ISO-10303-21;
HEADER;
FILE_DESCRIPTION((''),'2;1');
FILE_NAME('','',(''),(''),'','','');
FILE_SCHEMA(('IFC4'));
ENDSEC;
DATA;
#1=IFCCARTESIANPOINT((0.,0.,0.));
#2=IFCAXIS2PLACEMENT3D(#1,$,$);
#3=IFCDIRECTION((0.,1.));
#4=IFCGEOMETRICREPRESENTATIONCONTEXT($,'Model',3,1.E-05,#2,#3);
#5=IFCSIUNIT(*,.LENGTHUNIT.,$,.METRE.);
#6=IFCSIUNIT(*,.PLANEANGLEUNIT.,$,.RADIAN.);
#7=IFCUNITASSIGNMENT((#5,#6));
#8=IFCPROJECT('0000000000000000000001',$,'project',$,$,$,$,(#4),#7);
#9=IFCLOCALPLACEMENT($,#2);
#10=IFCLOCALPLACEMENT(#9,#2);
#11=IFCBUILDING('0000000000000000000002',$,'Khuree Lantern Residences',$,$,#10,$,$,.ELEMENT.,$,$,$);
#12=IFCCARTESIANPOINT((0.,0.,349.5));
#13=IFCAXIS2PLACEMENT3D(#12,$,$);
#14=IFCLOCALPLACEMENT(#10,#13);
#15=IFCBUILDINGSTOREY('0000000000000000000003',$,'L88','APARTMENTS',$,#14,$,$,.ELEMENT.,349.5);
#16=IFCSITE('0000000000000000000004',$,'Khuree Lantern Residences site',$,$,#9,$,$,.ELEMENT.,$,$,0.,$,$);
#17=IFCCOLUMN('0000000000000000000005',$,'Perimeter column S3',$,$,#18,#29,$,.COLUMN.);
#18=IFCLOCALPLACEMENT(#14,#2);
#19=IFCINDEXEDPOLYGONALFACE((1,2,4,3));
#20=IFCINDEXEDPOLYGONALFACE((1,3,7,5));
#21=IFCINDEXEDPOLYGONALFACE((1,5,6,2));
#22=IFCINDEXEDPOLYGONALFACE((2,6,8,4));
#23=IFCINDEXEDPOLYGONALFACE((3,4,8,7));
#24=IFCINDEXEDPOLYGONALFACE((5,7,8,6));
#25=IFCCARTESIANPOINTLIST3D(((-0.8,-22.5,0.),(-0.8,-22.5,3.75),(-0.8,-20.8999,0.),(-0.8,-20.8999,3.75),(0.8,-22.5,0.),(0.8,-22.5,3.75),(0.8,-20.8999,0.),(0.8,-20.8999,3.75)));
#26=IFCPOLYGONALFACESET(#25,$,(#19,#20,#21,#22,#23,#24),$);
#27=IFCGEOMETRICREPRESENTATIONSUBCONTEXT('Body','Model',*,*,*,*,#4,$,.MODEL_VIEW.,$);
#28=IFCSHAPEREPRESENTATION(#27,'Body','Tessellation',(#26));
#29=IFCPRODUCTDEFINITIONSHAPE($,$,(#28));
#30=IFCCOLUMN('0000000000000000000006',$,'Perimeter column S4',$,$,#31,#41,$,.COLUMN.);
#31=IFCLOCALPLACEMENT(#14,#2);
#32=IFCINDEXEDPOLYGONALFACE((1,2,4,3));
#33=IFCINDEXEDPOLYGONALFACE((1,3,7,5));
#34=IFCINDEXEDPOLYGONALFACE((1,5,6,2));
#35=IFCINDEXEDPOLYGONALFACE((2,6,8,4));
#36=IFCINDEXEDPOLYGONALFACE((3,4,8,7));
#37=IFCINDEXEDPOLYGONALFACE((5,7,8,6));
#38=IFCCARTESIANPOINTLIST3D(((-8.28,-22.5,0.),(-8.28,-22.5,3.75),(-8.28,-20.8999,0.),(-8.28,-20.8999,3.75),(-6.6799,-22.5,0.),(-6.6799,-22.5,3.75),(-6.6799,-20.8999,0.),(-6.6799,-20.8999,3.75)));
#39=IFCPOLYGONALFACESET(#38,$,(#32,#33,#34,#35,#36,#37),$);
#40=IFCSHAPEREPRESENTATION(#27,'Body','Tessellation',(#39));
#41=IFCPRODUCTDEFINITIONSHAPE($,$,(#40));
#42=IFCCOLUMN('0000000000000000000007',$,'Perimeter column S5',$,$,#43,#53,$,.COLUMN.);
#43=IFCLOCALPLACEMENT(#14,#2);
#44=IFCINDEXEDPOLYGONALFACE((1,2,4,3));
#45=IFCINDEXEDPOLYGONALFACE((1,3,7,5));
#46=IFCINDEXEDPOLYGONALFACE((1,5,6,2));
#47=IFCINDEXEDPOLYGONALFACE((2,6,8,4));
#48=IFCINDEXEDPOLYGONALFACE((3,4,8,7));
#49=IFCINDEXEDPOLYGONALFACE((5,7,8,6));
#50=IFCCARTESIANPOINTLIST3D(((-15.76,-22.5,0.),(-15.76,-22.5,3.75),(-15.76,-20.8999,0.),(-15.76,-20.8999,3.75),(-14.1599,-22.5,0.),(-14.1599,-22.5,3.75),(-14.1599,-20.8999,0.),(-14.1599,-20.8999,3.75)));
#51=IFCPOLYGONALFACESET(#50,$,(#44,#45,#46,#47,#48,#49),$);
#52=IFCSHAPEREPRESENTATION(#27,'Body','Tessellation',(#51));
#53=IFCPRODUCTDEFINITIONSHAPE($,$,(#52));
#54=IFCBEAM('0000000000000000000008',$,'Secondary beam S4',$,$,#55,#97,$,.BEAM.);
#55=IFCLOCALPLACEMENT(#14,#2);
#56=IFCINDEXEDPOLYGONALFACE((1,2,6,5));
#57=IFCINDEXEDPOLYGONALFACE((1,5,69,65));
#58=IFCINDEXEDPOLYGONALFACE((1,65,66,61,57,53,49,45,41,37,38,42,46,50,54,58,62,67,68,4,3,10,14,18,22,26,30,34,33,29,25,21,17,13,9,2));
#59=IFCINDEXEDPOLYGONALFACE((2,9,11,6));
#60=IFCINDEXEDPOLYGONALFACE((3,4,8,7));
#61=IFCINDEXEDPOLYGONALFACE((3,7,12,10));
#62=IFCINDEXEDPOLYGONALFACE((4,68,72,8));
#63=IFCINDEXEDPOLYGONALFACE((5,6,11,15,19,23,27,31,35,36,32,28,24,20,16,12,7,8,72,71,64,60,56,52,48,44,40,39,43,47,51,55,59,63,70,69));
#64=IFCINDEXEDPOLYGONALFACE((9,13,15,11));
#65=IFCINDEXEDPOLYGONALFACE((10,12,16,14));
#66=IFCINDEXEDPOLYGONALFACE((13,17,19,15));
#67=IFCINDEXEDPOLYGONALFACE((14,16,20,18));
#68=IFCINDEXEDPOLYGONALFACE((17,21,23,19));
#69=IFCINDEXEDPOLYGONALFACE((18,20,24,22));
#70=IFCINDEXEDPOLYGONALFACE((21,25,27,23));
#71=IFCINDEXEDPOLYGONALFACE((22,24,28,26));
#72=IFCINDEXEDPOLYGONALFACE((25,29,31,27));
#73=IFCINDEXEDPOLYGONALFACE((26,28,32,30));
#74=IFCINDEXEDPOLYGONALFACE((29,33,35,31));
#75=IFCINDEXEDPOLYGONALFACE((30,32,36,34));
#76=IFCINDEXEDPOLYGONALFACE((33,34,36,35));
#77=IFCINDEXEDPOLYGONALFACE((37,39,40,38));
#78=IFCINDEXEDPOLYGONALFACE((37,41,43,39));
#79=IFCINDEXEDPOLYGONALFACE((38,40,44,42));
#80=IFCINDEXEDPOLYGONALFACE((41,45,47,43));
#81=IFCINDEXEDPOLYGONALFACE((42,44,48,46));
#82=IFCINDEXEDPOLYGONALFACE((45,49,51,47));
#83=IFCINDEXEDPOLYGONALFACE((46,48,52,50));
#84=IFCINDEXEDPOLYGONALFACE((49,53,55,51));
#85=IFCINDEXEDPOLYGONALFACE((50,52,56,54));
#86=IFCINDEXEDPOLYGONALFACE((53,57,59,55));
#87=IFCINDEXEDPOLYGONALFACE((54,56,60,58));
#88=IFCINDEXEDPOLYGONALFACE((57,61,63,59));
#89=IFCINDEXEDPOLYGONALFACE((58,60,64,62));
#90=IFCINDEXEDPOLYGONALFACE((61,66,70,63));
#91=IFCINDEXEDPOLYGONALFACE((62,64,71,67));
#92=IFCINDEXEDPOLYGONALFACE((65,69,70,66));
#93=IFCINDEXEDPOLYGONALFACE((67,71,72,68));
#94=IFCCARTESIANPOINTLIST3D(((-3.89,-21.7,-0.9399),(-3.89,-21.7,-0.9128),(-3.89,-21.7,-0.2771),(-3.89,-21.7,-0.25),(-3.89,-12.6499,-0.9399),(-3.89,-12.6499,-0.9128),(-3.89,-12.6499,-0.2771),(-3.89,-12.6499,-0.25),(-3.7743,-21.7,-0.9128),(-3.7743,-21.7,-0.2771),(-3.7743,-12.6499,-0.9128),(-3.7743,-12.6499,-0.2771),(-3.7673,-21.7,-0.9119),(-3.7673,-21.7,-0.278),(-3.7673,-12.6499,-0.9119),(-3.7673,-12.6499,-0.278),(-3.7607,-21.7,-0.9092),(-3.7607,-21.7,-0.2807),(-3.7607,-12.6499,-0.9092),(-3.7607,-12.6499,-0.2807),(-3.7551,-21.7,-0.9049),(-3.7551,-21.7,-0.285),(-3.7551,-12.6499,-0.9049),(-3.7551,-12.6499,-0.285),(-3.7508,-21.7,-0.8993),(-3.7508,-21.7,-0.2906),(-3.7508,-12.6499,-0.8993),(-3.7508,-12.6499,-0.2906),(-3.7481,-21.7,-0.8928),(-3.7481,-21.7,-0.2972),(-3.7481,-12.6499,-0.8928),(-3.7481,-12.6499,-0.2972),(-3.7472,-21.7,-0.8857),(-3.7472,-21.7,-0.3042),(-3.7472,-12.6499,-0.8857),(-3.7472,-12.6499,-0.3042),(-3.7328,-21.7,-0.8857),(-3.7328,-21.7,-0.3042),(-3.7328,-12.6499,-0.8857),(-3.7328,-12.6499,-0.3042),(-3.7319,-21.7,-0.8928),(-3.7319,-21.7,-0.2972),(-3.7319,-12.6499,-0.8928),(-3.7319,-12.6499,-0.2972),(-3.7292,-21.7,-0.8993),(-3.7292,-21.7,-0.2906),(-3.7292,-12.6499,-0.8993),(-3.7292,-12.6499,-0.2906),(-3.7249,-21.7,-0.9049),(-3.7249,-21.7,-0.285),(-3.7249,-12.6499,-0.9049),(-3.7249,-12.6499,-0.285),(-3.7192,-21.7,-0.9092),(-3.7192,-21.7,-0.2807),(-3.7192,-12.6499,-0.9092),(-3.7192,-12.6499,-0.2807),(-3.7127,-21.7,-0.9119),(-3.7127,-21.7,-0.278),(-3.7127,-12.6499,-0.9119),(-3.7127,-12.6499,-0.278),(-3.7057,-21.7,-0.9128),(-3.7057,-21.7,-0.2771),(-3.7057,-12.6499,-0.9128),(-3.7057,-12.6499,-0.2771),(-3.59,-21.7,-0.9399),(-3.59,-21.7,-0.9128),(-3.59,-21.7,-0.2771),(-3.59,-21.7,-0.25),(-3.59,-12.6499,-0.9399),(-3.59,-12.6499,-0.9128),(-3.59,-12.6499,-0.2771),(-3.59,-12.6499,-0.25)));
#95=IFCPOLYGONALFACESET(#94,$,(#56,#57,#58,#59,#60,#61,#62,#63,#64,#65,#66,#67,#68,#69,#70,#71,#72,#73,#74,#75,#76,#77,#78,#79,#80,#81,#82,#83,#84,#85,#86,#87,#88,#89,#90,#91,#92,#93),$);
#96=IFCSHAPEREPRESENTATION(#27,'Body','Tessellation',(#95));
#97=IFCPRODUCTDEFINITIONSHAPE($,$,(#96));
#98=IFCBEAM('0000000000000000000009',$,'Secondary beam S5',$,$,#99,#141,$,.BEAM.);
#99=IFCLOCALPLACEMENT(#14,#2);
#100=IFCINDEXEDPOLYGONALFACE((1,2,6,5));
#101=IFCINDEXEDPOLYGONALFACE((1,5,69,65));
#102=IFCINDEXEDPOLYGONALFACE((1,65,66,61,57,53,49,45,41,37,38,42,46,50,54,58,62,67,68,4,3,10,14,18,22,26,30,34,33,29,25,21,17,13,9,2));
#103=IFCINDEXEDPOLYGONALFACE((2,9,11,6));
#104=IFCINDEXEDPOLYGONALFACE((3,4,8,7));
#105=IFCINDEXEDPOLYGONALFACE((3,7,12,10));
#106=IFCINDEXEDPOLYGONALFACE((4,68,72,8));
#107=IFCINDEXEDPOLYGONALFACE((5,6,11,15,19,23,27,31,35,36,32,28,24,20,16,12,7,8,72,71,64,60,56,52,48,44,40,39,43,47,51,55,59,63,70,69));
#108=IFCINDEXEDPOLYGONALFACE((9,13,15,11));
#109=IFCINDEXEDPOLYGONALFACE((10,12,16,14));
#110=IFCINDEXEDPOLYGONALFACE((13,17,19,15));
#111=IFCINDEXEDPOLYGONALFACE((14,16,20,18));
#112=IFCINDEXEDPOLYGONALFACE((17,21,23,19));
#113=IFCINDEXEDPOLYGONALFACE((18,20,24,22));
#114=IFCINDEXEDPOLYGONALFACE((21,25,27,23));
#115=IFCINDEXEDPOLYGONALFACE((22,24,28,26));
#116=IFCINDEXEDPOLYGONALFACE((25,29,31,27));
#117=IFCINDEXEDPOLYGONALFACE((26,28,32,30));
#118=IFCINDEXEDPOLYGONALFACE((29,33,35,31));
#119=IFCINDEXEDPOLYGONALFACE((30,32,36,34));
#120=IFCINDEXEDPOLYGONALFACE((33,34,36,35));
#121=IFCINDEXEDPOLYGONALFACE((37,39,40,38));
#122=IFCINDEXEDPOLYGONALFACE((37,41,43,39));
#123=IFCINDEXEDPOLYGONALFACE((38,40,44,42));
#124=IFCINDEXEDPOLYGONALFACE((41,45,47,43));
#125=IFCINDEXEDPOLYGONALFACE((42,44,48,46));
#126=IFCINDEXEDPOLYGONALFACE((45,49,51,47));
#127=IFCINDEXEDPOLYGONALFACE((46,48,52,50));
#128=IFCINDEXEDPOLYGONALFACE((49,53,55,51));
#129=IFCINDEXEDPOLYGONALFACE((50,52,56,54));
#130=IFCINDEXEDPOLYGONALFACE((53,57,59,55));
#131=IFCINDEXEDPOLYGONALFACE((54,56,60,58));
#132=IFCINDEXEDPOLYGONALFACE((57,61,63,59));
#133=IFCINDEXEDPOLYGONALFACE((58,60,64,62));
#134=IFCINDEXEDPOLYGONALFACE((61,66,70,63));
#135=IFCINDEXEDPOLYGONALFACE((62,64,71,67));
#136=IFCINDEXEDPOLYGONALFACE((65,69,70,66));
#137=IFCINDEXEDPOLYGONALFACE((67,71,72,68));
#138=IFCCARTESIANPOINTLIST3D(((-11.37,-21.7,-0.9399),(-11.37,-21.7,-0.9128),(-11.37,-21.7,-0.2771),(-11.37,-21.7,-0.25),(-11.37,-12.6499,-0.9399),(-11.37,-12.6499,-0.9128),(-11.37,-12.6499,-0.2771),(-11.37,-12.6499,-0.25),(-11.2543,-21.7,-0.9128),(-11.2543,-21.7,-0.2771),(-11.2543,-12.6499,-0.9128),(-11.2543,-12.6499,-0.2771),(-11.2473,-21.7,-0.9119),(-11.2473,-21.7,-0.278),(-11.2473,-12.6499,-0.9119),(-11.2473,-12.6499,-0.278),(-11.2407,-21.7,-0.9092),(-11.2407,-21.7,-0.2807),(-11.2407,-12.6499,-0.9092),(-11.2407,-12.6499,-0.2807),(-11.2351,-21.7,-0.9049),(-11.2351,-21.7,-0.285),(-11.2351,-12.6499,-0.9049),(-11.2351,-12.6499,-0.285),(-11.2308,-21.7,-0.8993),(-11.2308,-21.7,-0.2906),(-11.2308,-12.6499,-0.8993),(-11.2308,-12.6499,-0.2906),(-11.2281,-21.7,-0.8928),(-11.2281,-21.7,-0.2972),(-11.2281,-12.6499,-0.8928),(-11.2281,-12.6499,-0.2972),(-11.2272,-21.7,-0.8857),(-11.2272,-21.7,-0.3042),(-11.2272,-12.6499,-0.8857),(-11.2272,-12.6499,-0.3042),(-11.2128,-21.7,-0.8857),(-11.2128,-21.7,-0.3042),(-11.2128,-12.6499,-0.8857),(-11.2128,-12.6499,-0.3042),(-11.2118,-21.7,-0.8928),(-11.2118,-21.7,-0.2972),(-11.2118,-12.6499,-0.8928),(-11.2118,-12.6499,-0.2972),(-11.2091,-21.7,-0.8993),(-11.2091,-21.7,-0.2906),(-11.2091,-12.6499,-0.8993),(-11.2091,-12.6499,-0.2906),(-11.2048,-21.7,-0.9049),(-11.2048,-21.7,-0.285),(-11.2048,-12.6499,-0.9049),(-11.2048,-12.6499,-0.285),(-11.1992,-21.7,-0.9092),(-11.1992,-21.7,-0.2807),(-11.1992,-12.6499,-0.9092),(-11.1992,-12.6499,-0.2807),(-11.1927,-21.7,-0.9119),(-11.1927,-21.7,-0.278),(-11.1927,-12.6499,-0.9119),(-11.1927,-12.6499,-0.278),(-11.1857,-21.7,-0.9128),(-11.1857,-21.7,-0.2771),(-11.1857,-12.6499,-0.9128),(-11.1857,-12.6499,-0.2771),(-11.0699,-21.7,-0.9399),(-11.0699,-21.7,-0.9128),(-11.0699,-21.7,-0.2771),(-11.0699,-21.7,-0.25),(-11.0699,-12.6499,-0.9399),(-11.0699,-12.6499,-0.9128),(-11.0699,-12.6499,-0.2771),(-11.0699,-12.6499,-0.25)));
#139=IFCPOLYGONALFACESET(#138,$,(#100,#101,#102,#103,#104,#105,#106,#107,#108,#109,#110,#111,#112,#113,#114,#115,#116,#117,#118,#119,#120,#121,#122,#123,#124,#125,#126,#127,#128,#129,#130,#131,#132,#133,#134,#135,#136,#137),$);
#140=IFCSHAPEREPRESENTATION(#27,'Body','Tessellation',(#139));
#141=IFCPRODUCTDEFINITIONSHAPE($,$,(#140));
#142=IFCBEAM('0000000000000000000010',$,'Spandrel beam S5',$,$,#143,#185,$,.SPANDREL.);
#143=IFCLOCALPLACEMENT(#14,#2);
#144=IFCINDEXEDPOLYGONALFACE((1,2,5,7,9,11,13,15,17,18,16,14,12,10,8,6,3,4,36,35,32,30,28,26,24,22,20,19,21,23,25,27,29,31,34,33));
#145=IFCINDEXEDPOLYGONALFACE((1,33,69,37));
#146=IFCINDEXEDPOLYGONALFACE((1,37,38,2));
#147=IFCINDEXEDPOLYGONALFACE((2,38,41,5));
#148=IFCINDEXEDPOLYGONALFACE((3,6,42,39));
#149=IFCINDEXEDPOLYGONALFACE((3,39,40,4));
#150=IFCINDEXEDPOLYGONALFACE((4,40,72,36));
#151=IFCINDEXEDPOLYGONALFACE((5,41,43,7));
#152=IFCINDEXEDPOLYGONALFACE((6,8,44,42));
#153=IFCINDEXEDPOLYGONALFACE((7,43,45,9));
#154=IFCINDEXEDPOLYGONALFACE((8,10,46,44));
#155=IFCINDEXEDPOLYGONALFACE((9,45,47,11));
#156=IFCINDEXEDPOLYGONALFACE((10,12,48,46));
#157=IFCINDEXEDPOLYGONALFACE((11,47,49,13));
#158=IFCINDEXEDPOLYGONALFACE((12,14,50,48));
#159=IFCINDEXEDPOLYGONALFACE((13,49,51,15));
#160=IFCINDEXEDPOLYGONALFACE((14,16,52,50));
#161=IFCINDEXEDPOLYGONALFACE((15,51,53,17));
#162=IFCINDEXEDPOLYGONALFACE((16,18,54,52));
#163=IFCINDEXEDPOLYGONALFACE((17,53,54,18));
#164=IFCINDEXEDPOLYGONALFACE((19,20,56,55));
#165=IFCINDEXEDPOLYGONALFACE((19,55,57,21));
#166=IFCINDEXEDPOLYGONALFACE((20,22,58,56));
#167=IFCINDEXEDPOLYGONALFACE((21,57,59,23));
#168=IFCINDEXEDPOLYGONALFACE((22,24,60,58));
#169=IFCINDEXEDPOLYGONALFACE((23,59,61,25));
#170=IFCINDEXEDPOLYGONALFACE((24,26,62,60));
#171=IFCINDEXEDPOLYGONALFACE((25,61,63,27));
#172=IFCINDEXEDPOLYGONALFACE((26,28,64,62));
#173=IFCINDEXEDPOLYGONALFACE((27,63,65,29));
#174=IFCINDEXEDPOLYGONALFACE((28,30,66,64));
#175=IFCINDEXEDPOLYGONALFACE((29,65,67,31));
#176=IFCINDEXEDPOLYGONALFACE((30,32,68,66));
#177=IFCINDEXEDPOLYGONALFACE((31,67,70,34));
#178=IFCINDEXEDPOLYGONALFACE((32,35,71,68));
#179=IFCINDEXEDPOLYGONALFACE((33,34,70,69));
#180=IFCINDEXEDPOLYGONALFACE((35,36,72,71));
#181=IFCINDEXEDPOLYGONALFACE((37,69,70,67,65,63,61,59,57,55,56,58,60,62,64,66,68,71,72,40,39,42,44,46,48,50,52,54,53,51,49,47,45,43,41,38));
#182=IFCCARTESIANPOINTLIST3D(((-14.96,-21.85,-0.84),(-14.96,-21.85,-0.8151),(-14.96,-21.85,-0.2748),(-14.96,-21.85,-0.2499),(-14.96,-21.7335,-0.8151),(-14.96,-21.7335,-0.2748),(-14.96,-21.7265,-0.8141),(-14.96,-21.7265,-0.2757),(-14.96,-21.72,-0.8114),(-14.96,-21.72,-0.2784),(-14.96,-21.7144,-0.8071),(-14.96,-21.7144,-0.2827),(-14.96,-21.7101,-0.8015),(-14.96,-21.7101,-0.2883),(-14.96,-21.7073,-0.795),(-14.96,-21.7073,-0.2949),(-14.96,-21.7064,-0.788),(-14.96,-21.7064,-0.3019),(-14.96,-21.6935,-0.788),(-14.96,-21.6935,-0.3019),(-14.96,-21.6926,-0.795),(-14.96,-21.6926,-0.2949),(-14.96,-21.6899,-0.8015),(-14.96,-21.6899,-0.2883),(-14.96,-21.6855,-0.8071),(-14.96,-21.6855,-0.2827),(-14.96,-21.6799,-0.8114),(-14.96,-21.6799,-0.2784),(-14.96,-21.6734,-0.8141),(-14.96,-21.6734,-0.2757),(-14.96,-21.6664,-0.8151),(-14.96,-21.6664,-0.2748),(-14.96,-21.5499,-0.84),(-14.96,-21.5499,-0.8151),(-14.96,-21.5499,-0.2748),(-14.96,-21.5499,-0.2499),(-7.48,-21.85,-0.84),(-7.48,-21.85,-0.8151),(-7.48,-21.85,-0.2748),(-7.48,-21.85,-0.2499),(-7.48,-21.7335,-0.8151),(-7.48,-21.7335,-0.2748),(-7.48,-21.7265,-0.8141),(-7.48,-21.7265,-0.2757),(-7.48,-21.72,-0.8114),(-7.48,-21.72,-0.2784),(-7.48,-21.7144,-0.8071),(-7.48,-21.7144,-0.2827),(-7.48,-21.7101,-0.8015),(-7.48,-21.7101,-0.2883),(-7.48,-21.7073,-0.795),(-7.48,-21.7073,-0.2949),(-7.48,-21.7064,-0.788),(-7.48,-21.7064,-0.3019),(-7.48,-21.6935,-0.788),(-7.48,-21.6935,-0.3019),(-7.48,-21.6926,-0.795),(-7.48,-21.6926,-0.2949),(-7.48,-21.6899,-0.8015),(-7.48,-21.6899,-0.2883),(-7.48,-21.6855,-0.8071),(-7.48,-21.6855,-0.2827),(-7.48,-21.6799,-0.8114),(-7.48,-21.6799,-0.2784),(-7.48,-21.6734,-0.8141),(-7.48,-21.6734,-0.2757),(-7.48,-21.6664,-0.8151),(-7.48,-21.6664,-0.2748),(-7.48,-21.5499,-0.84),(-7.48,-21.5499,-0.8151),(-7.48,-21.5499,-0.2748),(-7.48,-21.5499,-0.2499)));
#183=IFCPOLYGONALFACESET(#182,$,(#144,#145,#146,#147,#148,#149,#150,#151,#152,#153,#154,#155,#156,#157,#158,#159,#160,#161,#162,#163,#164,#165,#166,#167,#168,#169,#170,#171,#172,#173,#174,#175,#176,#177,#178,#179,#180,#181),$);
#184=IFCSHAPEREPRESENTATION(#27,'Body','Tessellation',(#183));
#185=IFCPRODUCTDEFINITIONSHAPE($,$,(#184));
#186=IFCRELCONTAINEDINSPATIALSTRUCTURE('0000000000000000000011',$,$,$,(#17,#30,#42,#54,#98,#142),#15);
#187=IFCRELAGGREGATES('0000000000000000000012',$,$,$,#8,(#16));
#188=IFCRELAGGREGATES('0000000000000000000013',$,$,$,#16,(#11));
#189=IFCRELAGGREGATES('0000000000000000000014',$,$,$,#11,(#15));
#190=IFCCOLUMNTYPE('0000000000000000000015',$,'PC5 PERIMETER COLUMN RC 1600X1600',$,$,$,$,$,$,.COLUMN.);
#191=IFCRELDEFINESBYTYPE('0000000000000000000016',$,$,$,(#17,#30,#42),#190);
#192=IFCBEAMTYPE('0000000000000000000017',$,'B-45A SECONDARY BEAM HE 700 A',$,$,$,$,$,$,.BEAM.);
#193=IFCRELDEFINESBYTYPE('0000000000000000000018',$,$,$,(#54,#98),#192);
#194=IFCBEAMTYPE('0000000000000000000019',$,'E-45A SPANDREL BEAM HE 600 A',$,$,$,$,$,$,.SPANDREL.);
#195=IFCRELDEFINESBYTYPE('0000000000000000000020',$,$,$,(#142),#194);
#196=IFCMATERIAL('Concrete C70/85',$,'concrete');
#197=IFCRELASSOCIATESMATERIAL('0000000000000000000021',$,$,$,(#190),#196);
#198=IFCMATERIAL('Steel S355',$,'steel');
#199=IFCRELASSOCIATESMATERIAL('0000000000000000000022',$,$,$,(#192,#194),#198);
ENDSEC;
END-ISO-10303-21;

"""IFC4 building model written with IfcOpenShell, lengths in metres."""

from ifc_helpers import new_model, si_unit, direction, frame, origin, origin_2d, place, context, subcontext, project, spatial, rectangle, i_section, extrude, material, material_profile, profile_set, type_object, element, save


model = new_model("IFC4")

# Units and contexts
model_context = context("Model", 3, precision=1e-05, world=origin(), true_north=direction((0.0, 1.0)))
body_context = subcontext(model_context, "Body", "Model", "MODEL_VIEW")
ifc_project = project(units=[si_unit("LENGTHUNIT", "METRE"), si_unit("PLANEANGLEUNIT", "RADIAN")], contexts=[model_context])

# Site, building, storey
site_placement = place(None, origin())
site = spatial("IfcSite", under=ifc_project, at=site_placement, Name="Khuree Lantern Residences site", CompositionType="ELEMENT", RefElevation=0.0)
building_placement = place(site_placement, origin())
building = spatial("IfcBuilding", under=site, at=building_placement, Name="Khuree Lantern Residences", CompositionType="ELEMENT")
storey_placement = place(building_placement, frame((0.0, 0.0, 349.5)))
storey = spatial("IfcBuildingStorey", under=building, at=storey_placement, Name="L88", Description="APARTMENTS", CompositionType="ELEMENT", Elevation=349.5)

# Columns
ifc_material_1 = material(Name="Concrete C70/85", Category="concrete")
ifc_material_profile_1 = material_profile(ifc_material_1, rectangle(XDim=1.6001, YDim=1.6001, at=origin_2d()), Name="RC 1600X1600")
ifc_profile_set_1 = profile_set([ifc_material_profile_1], Name="Concrete C70/85")
column_type = type_object("IfcColumnType", Name="PC5 PERIMETER COLUMN RC 1600X1600", PredefinedType="COLUMN", material=ifc_profile_set_1)
for number, where, z_axis, x_axis, name in (
    (1, (0.0, -21.7, 0.0), (0.0, 0.0, 1.0), (1.0, 0.0, 0.0), "Perimeter column S3"),
    (2, (-7.48, -21.7, 0.0), (0.0, 0.0, 1.0), (1.0, 0.0, 0.0), "Perimeter column S4"),
    (3, (-14.96, -21.7, 0.0), (0.0, 0.0, 1.0), (1.0, 0.0, 0.0), "Perimeter column S5"),
):
    element("IfcColumn", number, at=place(storey_placement, frame(where, z_axis=z_axis, x_axis=x_axis)), inside=storey, type_object=column_type, Name=name, PredefinedType="COLUMN", context=body_context, shape_type="SweptSolid", body=[
        extrude(rectangle(XDim=1.6001, YDim=1.6001, at=origin_2d()), origin(), (0.0, 0.0, 1.0), 3.75),
    ])

# Beams
ifc_material_2 = material(Name="Steel S355", Category="steel")
ifc_material_profile_2 = material_profile(ifc_material_2, i_section(OverallWidth=0.3, OverallDepth=0.6899, WebThickness=0.0144, FlangeThickness=0.0271, FilletRadius=0.0271, at=origin_2d()), Name="HE 700 A")
ifc_profile_set_2 = profile_set([ifc_material_profile_2], Name="Steel S355")
beam_type_1 = type_object("IfcBeamType", Name="B-45A SECONDARY BEAM HE 700 A", PredefinedType="BEAM", material=ifc_profile_set_2)
for number, where, z_axis, x_axis, name in (
    (4, (-3.74, -21.7, -0.595), (0.0, 1.0, 0.0), (-1.0, 0.0, 0.0), "Secondary beam S4"),
    (5, (-11.22, -21.7, -0.595), (0.0, 1.0, 0.0), (-1.0, 0.0, 0.0), "Secondary beam S5"),
):
    element("IfcBeam", number, at=place(storey_placement, frame(where, z_axis=z_axis, x_axis=x_axis)), inside=storey, type_object=beam_type_1, Name=name, PredefinedType="BEAM", context=body_context, shape_type="SweptSolid", body=[
        extrude(i_section(OverallWidth=0.3, OverallDepth=0.6899, WebThickness=0.0144, FlangeThickness=0.0271, FilletRadius=0.0271, at=origin_2d()), origin(), (0.0, 0.0, 1.0), 9.05),
    ])
ifc_material_profile_3 = material_profile(ifc_material_2, i_section(OverallWidth=0.3, OverallDepth=0.5901, WebThickness=0.0129, FlangeThickness=0.0249, FilletRadius=0.0271, at=origin_2d()), Name="HE 600 A")
ifc_profile_set_3 = profile_set([ifc_material_profile_3], Name="Steel S355")
beam_type_2 = type_object("IfcBeamType", Name="E-45A SPANDREL BEAM HE 600 A", PredefinedType="SPANDREL", material=ifc_profile_set_3)
beam_1_placement = place(storey_placement, frame((-7.48, -21.7, -0.5449), z_axis=(-1.0, 0.0, 0.0), x_axis=(0.0, -1.0, 0.0)))
element("IfcBeam", 6, at=beam_1_placement, inside=storey, type_object=beam_type_2, Name="Spandrel beam S5", PredefinedType="SPANDREL", context=body_context, shape_type="SweptSolid", body=[
    extrude(i_section(OverallWidth=0.3, OverallDepth=0.5901, WebThickness=0.0129, FlangeThickness=0.0249, FilletRadius=0.0271, at=origin_2d()), origin(), (0.0, 0.0, 1.0), 7.48),
])

save(model, "model.ifc")
